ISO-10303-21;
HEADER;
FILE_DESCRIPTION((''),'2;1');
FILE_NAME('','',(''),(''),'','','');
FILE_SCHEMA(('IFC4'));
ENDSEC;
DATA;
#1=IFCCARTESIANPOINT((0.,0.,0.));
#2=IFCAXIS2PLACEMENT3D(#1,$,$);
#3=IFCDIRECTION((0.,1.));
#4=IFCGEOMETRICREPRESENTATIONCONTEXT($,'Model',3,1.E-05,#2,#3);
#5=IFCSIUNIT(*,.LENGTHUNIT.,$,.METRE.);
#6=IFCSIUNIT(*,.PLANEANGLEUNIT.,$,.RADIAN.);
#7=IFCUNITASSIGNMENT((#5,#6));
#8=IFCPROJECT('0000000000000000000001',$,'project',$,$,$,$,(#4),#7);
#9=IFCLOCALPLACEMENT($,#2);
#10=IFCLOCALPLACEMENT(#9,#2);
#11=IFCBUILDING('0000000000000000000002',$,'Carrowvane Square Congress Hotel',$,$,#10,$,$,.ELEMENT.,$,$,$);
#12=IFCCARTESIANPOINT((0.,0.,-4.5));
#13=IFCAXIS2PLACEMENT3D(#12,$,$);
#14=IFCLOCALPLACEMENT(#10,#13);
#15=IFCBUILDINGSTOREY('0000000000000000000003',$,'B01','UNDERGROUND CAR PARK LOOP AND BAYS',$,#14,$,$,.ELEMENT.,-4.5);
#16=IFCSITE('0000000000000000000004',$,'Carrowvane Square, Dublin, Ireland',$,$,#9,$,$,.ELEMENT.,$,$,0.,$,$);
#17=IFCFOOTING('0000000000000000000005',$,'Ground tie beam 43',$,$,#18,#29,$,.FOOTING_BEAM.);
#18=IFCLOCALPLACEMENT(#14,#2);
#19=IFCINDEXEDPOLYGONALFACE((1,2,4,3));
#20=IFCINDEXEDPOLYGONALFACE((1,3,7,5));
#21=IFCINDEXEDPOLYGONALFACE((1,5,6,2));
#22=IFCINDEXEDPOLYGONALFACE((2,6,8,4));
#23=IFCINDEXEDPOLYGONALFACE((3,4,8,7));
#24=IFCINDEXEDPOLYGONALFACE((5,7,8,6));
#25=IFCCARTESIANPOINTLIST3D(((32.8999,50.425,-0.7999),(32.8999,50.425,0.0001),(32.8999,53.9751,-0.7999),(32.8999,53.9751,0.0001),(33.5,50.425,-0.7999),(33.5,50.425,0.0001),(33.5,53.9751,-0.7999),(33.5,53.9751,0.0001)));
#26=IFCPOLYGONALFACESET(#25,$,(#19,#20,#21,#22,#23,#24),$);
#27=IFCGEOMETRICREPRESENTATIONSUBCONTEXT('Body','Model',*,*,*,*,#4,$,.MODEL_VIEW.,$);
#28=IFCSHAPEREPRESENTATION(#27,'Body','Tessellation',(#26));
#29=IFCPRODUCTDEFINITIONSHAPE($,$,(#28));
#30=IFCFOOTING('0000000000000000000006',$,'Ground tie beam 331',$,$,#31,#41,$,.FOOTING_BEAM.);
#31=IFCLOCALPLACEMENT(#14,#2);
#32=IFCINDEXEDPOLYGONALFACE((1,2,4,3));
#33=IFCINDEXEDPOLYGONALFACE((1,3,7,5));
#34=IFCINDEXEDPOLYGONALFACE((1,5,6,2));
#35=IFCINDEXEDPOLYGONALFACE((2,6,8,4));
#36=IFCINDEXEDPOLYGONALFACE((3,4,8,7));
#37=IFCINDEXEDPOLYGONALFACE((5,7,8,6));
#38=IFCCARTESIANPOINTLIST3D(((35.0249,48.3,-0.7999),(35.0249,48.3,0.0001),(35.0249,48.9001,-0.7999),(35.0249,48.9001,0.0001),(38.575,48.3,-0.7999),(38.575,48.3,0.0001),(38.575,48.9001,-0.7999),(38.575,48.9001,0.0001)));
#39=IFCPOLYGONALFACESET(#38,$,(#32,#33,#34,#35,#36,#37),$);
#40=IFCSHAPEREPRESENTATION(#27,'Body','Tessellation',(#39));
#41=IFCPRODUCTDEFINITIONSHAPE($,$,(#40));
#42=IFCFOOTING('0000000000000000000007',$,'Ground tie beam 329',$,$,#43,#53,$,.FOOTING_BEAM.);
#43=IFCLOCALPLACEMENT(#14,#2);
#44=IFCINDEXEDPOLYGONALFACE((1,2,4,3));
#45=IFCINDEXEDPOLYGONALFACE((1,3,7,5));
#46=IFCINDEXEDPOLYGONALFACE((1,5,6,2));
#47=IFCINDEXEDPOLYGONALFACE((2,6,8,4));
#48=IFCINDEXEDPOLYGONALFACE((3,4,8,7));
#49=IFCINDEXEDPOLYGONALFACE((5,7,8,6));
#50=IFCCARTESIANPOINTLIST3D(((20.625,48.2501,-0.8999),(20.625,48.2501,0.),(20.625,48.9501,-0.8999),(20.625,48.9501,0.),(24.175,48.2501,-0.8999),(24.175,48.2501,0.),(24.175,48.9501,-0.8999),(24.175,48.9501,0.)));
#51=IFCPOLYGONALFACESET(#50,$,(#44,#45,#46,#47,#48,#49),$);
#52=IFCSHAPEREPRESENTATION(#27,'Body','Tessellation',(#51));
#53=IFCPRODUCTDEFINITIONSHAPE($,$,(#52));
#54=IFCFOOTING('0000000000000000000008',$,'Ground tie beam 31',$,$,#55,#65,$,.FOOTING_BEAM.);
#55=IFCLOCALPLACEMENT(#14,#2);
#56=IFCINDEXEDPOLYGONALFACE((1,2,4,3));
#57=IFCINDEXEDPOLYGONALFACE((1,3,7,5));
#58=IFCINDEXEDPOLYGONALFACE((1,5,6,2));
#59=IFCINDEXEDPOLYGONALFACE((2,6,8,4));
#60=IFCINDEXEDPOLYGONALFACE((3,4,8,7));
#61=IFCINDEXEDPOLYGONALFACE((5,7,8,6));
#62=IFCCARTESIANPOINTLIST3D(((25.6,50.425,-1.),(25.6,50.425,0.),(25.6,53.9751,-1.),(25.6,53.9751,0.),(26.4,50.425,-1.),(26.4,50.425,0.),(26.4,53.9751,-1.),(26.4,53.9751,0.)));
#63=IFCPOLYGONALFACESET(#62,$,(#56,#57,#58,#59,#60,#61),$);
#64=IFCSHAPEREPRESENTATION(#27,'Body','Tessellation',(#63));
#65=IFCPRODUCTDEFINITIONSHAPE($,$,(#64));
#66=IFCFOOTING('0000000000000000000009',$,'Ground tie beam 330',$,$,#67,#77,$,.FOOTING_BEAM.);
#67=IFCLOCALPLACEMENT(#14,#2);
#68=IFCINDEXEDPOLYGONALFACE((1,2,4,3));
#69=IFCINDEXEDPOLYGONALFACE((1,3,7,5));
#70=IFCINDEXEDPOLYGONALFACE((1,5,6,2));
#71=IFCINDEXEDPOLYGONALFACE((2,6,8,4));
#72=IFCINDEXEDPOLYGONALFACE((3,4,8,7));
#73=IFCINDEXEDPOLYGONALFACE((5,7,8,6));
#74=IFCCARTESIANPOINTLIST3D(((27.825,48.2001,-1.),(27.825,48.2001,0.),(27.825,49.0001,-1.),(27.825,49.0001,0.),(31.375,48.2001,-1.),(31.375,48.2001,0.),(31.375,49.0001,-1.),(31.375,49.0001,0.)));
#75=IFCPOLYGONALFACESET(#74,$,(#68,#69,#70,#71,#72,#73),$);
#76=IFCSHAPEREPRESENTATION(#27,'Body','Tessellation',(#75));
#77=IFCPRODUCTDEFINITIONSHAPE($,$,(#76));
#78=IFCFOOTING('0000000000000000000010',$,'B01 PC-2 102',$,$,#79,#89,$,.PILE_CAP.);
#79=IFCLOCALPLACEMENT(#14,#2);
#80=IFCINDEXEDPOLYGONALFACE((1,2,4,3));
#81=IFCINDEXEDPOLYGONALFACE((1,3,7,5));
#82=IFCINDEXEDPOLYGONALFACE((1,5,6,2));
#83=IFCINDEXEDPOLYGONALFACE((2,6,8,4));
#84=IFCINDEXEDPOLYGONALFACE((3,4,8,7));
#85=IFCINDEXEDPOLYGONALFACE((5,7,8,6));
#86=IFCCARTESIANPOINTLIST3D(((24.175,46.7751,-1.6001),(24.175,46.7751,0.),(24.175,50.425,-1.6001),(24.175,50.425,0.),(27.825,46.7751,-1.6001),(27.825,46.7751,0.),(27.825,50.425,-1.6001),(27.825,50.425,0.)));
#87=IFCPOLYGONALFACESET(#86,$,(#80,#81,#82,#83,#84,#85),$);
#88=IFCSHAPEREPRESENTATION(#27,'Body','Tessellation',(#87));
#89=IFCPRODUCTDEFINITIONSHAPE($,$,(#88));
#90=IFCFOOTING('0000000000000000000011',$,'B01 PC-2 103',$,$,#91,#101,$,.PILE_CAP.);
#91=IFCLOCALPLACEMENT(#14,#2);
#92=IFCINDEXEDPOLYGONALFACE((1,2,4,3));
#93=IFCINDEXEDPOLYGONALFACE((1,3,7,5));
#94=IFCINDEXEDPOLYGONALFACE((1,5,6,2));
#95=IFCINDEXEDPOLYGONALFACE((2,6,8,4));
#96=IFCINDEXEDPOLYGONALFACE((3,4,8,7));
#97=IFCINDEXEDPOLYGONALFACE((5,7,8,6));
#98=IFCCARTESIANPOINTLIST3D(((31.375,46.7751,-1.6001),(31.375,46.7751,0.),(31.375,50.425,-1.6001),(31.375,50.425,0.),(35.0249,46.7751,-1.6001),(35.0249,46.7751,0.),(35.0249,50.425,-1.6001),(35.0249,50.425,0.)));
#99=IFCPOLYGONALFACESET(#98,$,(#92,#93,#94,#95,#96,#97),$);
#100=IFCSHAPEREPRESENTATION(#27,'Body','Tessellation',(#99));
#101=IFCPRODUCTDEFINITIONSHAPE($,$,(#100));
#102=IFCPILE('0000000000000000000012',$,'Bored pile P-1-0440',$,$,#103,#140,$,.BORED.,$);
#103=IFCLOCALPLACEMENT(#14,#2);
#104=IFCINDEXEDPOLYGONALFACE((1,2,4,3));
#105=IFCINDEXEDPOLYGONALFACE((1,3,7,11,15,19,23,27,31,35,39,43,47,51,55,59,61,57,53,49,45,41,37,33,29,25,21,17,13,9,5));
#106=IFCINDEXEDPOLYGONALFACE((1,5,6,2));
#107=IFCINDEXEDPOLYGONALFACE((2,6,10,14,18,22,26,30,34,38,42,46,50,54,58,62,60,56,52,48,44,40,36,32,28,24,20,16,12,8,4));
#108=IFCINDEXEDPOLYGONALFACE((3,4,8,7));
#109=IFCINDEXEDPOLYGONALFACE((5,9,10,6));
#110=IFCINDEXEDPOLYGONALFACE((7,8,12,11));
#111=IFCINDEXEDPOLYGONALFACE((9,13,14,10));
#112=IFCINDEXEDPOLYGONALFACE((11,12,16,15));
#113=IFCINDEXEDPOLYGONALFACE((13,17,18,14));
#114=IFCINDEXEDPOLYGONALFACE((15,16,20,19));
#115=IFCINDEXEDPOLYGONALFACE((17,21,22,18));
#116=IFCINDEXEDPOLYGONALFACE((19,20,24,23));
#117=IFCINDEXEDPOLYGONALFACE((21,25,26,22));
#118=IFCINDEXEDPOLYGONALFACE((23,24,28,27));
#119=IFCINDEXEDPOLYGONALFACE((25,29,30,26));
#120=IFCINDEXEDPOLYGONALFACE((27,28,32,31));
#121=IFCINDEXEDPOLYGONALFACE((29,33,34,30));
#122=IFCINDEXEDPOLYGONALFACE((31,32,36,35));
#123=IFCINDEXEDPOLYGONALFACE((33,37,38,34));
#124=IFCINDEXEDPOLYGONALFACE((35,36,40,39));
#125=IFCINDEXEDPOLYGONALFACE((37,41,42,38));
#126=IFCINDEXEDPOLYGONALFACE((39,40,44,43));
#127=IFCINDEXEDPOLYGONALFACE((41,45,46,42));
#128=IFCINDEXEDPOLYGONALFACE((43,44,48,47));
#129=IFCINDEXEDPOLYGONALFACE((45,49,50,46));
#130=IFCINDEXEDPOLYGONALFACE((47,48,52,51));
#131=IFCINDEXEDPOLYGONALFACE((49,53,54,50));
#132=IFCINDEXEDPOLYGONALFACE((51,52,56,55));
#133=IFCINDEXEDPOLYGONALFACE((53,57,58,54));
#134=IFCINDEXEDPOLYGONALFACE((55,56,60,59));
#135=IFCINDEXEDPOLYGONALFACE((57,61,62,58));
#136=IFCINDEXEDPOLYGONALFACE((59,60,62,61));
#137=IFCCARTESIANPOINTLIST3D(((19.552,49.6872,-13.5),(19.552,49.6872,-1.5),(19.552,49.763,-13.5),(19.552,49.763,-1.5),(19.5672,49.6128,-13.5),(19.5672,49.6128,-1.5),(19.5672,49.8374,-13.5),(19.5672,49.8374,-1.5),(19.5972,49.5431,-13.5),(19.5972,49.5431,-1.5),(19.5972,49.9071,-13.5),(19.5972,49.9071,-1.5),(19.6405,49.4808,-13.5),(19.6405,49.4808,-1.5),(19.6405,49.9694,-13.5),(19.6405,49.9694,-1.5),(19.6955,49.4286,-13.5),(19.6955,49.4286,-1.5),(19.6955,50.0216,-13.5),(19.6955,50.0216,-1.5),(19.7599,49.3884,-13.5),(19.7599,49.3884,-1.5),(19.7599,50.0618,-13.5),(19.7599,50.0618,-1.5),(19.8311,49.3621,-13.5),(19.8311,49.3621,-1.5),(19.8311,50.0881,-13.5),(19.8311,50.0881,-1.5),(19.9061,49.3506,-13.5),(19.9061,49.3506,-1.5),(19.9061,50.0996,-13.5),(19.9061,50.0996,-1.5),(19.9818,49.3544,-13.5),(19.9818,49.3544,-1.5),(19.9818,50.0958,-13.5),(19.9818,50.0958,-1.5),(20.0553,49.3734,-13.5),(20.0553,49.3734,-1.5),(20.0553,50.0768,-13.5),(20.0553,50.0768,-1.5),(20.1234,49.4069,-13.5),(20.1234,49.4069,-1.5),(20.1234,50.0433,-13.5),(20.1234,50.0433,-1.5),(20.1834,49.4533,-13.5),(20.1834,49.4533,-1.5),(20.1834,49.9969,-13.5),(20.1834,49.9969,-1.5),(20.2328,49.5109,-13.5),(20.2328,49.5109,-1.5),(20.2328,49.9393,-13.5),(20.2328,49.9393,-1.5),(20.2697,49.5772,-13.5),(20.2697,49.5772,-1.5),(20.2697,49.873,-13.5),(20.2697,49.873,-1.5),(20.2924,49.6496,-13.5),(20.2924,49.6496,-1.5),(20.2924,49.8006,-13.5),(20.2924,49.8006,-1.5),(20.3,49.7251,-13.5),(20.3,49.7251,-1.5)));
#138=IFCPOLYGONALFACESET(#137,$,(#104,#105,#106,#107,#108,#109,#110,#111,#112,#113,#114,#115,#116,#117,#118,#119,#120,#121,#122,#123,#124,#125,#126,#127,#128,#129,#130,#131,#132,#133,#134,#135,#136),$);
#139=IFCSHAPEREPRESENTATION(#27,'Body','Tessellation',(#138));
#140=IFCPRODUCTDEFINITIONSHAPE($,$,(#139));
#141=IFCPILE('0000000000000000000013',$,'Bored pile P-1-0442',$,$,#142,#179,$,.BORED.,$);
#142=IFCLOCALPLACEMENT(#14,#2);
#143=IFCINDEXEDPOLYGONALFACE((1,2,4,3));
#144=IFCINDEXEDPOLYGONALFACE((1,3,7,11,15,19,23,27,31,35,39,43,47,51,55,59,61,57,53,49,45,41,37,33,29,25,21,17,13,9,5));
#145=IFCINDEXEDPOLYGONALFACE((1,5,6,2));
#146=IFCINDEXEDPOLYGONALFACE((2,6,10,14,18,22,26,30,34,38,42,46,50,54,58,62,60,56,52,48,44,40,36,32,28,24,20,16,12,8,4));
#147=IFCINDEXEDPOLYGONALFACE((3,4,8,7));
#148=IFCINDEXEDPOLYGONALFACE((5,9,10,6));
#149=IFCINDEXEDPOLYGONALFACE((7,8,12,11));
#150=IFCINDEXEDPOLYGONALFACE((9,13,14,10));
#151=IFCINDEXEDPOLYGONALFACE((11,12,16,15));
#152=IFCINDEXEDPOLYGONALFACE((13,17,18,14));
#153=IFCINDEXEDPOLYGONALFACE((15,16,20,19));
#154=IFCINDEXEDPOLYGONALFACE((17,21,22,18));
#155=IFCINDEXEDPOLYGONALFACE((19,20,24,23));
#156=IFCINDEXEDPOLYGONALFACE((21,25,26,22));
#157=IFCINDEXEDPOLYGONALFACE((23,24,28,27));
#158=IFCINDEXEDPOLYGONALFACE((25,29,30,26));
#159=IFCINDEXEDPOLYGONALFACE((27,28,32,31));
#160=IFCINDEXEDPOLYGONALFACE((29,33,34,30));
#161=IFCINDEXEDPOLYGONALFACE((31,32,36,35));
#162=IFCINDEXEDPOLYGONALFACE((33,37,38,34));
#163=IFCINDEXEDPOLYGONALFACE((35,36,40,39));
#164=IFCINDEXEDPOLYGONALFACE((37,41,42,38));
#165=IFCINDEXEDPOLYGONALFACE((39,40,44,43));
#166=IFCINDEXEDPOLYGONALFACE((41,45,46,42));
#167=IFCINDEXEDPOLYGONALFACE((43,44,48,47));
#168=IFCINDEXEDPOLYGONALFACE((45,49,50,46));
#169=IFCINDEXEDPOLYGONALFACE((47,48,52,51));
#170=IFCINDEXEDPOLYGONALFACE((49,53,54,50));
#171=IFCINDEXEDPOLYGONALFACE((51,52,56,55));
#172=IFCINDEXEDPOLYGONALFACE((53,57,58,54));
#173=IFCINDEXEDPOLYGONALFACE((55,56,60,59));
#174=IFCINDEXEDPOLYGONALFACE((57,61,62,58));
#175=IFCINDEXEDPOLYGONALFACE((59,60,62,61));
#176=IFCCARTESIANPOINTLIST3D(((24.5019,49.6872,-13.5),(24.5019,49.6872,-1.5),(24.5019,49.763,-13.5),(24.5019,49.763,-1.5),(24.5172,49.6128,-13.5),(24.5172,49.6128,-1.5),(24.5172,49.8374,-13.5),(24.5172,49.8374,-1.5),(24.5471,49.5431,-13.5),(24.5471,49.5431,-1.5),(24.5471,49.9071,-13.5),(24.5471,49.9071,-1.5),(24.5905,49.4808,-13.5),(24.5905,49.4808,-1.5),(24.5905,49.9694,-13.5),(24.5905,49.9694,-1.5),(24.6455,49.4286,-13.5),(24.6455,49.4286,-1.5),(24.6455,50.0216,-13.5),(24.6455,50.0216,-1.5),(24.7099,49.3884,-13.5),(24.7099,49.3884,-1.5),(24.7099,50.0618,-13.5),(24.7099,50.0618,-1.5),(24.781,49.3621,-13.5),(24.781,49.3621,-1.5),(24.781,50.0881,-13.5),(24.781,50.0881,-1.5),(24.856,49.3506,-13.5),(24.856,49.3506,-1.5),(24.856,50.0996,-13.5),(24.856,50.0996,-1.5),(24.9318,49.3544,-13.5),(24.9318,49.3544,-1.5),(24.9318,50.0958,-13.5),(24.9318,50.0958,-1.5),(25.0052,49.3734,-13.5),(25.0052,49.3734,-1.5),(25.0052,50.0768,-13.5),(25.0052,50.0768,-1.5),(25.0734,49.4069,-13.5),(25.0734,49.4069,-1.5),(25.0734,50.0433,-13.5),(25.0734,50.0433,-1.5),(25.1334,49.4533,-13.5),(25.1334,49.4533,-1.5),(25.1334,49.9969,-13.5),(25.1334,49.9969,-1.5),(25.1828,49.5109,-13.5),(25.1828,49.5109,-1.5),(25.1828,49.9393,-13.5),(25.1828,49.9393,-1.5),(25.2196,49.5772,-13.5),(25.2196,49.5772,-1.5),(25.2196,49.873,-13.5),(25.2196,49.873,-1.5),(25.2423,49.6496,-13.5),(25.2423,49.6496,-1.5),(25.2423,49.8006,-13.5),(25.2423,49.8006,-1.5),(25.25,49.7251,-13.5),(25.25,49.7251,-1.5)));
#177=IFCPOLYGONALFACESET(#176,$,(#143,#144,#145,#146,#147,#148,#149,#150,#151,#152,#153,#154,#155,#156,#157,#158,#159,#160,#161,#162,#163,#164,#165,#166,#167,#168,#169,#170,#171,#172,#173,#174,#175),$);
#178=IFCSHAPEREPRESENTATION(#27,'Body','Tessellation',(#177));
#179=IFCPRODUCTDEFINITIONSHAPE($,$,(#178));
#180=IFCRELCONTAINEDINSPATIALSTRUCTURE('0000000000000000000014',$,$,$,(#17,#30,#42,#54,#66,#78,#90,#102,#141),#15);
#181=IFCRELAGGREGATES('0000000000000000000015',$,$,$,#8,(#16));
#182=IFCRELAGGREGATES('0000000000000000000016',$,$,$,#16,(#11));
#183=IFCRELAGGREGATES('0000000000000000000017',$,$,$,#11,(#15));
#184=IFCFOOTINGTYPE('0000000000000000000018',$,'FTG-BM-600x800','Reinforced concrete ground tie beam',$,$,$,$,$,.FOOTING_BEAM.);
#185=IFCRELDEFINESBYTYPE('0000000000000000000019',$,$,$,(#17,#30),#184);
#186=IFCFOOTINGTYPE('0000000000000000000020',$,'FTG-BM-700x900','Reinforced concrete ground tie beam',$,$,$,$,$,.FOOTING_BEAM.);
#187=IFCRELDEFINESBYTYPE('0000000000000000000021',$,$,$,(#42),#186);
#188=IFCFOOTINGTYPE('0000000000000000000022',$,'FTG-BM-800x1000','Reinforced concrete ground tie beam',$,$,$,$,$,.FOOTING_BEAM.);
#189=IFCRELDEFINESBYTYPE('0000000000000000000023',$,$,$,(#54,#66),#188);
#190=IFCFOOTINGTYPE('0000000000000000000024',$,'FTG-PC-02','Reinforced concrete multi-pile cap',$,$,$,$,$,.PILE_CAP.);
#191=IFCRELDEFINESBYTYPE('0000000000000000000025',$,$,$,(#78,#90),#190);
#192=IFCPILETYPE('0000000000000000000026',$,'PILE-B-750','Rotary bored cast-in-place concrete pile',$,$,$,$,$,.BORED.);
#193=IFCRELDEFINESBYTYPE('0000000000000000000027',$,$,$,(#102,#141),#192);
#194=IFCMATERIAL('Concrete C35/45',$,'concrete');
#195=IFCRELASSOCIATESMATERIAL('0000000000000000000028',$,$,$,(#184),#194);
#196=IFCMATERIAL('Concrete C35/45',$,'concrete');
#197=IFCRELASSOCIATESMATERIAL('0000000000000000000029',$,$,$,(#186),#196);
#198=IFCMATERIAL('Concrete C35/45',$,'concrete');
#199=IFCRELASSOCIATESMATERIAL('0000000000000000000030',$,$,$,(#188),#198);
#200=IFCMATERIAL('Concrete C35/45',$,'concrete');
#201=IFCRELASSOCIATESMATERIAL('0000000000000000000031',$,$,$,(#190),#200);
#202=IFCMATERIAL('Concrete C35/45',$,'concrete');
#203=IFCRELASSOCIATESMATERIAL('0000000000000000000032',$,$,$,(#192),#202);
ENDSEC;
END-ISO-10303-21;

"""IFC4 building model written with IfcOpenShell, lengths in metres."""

from ifc_helpers import new_model, si_unit, direction, frame, origin, origin_2d, place, context, subcontext, project, spatial, rectangle, circle, extrude, material, material_profile, profile_set, type_object, element, save


model = new_model("IFC4")

# Units and contexts
model_context = context("Model", 3, precision=1e-05, world=origin(), true_north=direction((0.0, 1.0)))
body_context = subcontext(model_context, "Body", "Model", "MODEL_VIEW")
ifc_project = project(units=[si_unit("LENGTHUNIT", "METRE"), si_unit("PLANEANGLEUNIT", "RADIAN")], contexts=[model_context])

# Site, building, storey
site_placement = place(None, origin())
site = spatial("IfcSite", under=ifc_project, at=site_placement, Name="Carrowvane Square, Dublin, Ireland", CompositionType="ELEMENT", RefElevation=0.0)
building_placement = place(site_placement, origin())
building = spatial("IfcBuilding", under=site, at=building_placement, Name="Carrowvane Square Congress Hotel", CompositionType="ELEMENT")
storey_placement = place(building_placement, frame((0.0, 0.0, -4.5)))
storey = spatial("IfcBuildingStorey", under=building, at=storey_placement, Name="B01", Description="UNDERGROUND CAR PARK LOOP AND BAYS", CompositionType="ELEMENT", Elevation=-4.5)

# Footings
ifc_material_1 = material(Name="Concrete C35/45", Category="concrete")
ifc_material_profile_1 = material_profile(ifc_material_1, rectangle(XDim=0.6001, YDim=0.8, at=origin_2d()), Name="RC 600x800")
ifc_profile_set_1 = profile_set([ifc_material_profile_1], Name="Concrete C35/45")
footing_type_1 = type_object("IfcFootingType", Name="FTG-BM-600x800", Description="Reinforced concrete ground tie beam", PredefinedType="FOOTING_BEAM", material=ifc_profile_set_1)
for number, where, z_axis, x_axis, name in (
    (1, (33.2, 50.425, -0.3999), (0.0, 1.0, 0.0), (-1.0, 0.0, 0.0), "Ground tie beam 43"),
    (2, (35.0249, 48.6001, -0.3999), (1.0, 0.0, 0.0), (0.0, 1.0, 0.0), "Ground tie beam 331"),
):
    element("IfcFooting", number, at=place(storey_placement, frame(where, z_axis=z_axis, x_axis=x_axis)), inside=storey, type_object=footing_type_1, Name=name, PredefinedType="FOOTING_BEAM", context=body_context, shape_type="SweptSolid", body=[
        extrude(rectangle(XDim=0.6001, YDim=0.8, at=origin_2d()), origin(), (0.0, 0.0, 1.0), 3.55),
    ])
ifc_material_2 = material(Name="Concrete C35/45", Category="concrete")
ifc_material_profile_2 = material_profile(ifc_material_2, rectangle(XDim=0.7, YDim=0.8999, at=origin_2d()), Name="RC 700x900")
ifc_profile_set_2 = profile_set([ifc_material_profile_2], Name="Concrete C35/45")
footing_type_2 = type_object("IfcFootingType", Name="FTG-BM-700x900", Description="Reinforced concrete ground tie beam", PredefinedType="FOOTING_BEAM", material=ifc_profile_set_2)
footing_placement = place(storey_placement, frame((20.625, 48.6001, -0.45), z_axis=(1.0, 0.0, 0.0), x_axis=(0.0, 1.0, 0.0)))
element("IfcFooting", 3, at=footing_placement, inside=storey, type_object=footing_type_2, Name="Ground tie beam 329", PredefinedType="FOOTING_BEAM", context=body_context, shape_type="SweptSolid", body=[
    extrude(rectangle(XDim=0.7, YDim=0.8999, at=origin_2d()), origin(), (0.0, 0.0, 1.0), 3.55),
])
ifc_material_3 = material(Name="Concrete C35/45", Category="concrete")
ifc_material_profile_3 = material_profile(ifc_material_3, rectangle(XDim=0.8, YDim=1.0, at=origin_2d()), Name="RC 800x1000")
ifc_profile_set_3 = profile_set([ifc_material_profile_3], Name="Concrete C35/45")
footing_type_3 = type_object("IfcFootingType", Name="FTG-BM-800x1000", Description="Reinforced concrete ground tie beam", PredefinedType="FOOTING_BEAM", material=ifc_profile_set_3)
for number, where, z_axis, x_axis, name in (
    (4, (26.0, 50.425, -0.5), (0.0, 1.0, 0.0), (-1.0, 0.0, 0.0), "Ground tie beam 31"),
    (5, (27.825, 48.6001, -0.5), (1.0, 0.0, 0.0), (0.0, 1.0, 0.0), "Ground tie beam 330"),
):
    element("IfcFooting", number, at=place(storey_placement, frame(where, z_axis=z_axis, x_axis=x_axis)), inside=storey, type_object=footing_type_3, Name=name, PredefinedType="FOOTING_BEAM", context=body_context, shape_type="SweptSolid", body=[
        extrude(rectangle(XDim=0.8, YDim=1.0, at=origin_2d()), origin(), (0.0, 0.0, 1.0), 3.55),
    ])
ifc_material_4 = material(Name="Concrete C35/45", Category="concrete")
footing_type_4 = type_object("IfcFootingType", Name="FTG-PC-02", Description="Reinforced concrete multi-pile cap", PredefinedType="PILE_CAP", material=ifc_material_4)
for number, where, z_axis, x_axis, name in (
    (6, (26.0, 48.6001, -1.6001), (0.0, 0.0, 1.0), (1.0, 0.0, 0.0), "B01 PC-2 102"),
    (7, (33.2, 48.6001, -1.6001), (0.0, 0.0, 1.0), (1.0, 0.0, 0.0), "B01 PC-2 103"),
):
    element("IfcFooting", number, at=place(storey_placement, frame(where, z_axis=z_axis, x_axis=x_axis)), inside=storey, type_object=footing_type_4, Name=name, PredefinedType="PILE_CAP", context=body_context, shape_type="SweptSolid", body=[
        extrude(rectangle(XDim=3.6499, YDim=3.6499, at=origin_2d()), origin(), (0.0, 0.0, 1.0), 1.6001),
    ])

# Piles
ifc_material_5 = material(Name="Concrete C35/45", Category="concrete")
ifc_material_profile_4 = material_profile(ifc_material_5, circle(Radius=0.375, at=origin_2d()), Name="PILE D750")
ifc_profile_set_4 = profile_set([ifc_material_profile_4], Name="Concrete C35/45")
pile_type = type_object("IfcPileType", Name="PILE-B-750", Description="Rotary bored cast-in-place concrete pile", PredefinedType="BORED", material=ifc_profile_set_4)
for number, where, z_axis, x_axis, name in (
    (8, (19.925, 49.7251, -1.5), (0.0, 0.0, -1.0), (1.0, 0.0, 0.0), "Bored pile P-1-0440"),
    (9, (24.875, 49.7251, -1.5), (0.0, 0.0, -1.0), (1.0, 0.0, 0.0), "Bored pile P-1-0442"),
):
    element("IfcPile", number, at=place(storey_placement, frame(where, z_axis=z_axis, x_axis=x_axis)), inside=storey, type_object=pile_type, Name=name, PredefinedType="BORED", context=body_context, shape_type="SweptSolid", body=[
        extrude(circle(Radius=0.375, at=origin_2d()), origin(), (0.0, 0.0, 1.0), 12.0),
    ])

save(model, "model.ifc")
